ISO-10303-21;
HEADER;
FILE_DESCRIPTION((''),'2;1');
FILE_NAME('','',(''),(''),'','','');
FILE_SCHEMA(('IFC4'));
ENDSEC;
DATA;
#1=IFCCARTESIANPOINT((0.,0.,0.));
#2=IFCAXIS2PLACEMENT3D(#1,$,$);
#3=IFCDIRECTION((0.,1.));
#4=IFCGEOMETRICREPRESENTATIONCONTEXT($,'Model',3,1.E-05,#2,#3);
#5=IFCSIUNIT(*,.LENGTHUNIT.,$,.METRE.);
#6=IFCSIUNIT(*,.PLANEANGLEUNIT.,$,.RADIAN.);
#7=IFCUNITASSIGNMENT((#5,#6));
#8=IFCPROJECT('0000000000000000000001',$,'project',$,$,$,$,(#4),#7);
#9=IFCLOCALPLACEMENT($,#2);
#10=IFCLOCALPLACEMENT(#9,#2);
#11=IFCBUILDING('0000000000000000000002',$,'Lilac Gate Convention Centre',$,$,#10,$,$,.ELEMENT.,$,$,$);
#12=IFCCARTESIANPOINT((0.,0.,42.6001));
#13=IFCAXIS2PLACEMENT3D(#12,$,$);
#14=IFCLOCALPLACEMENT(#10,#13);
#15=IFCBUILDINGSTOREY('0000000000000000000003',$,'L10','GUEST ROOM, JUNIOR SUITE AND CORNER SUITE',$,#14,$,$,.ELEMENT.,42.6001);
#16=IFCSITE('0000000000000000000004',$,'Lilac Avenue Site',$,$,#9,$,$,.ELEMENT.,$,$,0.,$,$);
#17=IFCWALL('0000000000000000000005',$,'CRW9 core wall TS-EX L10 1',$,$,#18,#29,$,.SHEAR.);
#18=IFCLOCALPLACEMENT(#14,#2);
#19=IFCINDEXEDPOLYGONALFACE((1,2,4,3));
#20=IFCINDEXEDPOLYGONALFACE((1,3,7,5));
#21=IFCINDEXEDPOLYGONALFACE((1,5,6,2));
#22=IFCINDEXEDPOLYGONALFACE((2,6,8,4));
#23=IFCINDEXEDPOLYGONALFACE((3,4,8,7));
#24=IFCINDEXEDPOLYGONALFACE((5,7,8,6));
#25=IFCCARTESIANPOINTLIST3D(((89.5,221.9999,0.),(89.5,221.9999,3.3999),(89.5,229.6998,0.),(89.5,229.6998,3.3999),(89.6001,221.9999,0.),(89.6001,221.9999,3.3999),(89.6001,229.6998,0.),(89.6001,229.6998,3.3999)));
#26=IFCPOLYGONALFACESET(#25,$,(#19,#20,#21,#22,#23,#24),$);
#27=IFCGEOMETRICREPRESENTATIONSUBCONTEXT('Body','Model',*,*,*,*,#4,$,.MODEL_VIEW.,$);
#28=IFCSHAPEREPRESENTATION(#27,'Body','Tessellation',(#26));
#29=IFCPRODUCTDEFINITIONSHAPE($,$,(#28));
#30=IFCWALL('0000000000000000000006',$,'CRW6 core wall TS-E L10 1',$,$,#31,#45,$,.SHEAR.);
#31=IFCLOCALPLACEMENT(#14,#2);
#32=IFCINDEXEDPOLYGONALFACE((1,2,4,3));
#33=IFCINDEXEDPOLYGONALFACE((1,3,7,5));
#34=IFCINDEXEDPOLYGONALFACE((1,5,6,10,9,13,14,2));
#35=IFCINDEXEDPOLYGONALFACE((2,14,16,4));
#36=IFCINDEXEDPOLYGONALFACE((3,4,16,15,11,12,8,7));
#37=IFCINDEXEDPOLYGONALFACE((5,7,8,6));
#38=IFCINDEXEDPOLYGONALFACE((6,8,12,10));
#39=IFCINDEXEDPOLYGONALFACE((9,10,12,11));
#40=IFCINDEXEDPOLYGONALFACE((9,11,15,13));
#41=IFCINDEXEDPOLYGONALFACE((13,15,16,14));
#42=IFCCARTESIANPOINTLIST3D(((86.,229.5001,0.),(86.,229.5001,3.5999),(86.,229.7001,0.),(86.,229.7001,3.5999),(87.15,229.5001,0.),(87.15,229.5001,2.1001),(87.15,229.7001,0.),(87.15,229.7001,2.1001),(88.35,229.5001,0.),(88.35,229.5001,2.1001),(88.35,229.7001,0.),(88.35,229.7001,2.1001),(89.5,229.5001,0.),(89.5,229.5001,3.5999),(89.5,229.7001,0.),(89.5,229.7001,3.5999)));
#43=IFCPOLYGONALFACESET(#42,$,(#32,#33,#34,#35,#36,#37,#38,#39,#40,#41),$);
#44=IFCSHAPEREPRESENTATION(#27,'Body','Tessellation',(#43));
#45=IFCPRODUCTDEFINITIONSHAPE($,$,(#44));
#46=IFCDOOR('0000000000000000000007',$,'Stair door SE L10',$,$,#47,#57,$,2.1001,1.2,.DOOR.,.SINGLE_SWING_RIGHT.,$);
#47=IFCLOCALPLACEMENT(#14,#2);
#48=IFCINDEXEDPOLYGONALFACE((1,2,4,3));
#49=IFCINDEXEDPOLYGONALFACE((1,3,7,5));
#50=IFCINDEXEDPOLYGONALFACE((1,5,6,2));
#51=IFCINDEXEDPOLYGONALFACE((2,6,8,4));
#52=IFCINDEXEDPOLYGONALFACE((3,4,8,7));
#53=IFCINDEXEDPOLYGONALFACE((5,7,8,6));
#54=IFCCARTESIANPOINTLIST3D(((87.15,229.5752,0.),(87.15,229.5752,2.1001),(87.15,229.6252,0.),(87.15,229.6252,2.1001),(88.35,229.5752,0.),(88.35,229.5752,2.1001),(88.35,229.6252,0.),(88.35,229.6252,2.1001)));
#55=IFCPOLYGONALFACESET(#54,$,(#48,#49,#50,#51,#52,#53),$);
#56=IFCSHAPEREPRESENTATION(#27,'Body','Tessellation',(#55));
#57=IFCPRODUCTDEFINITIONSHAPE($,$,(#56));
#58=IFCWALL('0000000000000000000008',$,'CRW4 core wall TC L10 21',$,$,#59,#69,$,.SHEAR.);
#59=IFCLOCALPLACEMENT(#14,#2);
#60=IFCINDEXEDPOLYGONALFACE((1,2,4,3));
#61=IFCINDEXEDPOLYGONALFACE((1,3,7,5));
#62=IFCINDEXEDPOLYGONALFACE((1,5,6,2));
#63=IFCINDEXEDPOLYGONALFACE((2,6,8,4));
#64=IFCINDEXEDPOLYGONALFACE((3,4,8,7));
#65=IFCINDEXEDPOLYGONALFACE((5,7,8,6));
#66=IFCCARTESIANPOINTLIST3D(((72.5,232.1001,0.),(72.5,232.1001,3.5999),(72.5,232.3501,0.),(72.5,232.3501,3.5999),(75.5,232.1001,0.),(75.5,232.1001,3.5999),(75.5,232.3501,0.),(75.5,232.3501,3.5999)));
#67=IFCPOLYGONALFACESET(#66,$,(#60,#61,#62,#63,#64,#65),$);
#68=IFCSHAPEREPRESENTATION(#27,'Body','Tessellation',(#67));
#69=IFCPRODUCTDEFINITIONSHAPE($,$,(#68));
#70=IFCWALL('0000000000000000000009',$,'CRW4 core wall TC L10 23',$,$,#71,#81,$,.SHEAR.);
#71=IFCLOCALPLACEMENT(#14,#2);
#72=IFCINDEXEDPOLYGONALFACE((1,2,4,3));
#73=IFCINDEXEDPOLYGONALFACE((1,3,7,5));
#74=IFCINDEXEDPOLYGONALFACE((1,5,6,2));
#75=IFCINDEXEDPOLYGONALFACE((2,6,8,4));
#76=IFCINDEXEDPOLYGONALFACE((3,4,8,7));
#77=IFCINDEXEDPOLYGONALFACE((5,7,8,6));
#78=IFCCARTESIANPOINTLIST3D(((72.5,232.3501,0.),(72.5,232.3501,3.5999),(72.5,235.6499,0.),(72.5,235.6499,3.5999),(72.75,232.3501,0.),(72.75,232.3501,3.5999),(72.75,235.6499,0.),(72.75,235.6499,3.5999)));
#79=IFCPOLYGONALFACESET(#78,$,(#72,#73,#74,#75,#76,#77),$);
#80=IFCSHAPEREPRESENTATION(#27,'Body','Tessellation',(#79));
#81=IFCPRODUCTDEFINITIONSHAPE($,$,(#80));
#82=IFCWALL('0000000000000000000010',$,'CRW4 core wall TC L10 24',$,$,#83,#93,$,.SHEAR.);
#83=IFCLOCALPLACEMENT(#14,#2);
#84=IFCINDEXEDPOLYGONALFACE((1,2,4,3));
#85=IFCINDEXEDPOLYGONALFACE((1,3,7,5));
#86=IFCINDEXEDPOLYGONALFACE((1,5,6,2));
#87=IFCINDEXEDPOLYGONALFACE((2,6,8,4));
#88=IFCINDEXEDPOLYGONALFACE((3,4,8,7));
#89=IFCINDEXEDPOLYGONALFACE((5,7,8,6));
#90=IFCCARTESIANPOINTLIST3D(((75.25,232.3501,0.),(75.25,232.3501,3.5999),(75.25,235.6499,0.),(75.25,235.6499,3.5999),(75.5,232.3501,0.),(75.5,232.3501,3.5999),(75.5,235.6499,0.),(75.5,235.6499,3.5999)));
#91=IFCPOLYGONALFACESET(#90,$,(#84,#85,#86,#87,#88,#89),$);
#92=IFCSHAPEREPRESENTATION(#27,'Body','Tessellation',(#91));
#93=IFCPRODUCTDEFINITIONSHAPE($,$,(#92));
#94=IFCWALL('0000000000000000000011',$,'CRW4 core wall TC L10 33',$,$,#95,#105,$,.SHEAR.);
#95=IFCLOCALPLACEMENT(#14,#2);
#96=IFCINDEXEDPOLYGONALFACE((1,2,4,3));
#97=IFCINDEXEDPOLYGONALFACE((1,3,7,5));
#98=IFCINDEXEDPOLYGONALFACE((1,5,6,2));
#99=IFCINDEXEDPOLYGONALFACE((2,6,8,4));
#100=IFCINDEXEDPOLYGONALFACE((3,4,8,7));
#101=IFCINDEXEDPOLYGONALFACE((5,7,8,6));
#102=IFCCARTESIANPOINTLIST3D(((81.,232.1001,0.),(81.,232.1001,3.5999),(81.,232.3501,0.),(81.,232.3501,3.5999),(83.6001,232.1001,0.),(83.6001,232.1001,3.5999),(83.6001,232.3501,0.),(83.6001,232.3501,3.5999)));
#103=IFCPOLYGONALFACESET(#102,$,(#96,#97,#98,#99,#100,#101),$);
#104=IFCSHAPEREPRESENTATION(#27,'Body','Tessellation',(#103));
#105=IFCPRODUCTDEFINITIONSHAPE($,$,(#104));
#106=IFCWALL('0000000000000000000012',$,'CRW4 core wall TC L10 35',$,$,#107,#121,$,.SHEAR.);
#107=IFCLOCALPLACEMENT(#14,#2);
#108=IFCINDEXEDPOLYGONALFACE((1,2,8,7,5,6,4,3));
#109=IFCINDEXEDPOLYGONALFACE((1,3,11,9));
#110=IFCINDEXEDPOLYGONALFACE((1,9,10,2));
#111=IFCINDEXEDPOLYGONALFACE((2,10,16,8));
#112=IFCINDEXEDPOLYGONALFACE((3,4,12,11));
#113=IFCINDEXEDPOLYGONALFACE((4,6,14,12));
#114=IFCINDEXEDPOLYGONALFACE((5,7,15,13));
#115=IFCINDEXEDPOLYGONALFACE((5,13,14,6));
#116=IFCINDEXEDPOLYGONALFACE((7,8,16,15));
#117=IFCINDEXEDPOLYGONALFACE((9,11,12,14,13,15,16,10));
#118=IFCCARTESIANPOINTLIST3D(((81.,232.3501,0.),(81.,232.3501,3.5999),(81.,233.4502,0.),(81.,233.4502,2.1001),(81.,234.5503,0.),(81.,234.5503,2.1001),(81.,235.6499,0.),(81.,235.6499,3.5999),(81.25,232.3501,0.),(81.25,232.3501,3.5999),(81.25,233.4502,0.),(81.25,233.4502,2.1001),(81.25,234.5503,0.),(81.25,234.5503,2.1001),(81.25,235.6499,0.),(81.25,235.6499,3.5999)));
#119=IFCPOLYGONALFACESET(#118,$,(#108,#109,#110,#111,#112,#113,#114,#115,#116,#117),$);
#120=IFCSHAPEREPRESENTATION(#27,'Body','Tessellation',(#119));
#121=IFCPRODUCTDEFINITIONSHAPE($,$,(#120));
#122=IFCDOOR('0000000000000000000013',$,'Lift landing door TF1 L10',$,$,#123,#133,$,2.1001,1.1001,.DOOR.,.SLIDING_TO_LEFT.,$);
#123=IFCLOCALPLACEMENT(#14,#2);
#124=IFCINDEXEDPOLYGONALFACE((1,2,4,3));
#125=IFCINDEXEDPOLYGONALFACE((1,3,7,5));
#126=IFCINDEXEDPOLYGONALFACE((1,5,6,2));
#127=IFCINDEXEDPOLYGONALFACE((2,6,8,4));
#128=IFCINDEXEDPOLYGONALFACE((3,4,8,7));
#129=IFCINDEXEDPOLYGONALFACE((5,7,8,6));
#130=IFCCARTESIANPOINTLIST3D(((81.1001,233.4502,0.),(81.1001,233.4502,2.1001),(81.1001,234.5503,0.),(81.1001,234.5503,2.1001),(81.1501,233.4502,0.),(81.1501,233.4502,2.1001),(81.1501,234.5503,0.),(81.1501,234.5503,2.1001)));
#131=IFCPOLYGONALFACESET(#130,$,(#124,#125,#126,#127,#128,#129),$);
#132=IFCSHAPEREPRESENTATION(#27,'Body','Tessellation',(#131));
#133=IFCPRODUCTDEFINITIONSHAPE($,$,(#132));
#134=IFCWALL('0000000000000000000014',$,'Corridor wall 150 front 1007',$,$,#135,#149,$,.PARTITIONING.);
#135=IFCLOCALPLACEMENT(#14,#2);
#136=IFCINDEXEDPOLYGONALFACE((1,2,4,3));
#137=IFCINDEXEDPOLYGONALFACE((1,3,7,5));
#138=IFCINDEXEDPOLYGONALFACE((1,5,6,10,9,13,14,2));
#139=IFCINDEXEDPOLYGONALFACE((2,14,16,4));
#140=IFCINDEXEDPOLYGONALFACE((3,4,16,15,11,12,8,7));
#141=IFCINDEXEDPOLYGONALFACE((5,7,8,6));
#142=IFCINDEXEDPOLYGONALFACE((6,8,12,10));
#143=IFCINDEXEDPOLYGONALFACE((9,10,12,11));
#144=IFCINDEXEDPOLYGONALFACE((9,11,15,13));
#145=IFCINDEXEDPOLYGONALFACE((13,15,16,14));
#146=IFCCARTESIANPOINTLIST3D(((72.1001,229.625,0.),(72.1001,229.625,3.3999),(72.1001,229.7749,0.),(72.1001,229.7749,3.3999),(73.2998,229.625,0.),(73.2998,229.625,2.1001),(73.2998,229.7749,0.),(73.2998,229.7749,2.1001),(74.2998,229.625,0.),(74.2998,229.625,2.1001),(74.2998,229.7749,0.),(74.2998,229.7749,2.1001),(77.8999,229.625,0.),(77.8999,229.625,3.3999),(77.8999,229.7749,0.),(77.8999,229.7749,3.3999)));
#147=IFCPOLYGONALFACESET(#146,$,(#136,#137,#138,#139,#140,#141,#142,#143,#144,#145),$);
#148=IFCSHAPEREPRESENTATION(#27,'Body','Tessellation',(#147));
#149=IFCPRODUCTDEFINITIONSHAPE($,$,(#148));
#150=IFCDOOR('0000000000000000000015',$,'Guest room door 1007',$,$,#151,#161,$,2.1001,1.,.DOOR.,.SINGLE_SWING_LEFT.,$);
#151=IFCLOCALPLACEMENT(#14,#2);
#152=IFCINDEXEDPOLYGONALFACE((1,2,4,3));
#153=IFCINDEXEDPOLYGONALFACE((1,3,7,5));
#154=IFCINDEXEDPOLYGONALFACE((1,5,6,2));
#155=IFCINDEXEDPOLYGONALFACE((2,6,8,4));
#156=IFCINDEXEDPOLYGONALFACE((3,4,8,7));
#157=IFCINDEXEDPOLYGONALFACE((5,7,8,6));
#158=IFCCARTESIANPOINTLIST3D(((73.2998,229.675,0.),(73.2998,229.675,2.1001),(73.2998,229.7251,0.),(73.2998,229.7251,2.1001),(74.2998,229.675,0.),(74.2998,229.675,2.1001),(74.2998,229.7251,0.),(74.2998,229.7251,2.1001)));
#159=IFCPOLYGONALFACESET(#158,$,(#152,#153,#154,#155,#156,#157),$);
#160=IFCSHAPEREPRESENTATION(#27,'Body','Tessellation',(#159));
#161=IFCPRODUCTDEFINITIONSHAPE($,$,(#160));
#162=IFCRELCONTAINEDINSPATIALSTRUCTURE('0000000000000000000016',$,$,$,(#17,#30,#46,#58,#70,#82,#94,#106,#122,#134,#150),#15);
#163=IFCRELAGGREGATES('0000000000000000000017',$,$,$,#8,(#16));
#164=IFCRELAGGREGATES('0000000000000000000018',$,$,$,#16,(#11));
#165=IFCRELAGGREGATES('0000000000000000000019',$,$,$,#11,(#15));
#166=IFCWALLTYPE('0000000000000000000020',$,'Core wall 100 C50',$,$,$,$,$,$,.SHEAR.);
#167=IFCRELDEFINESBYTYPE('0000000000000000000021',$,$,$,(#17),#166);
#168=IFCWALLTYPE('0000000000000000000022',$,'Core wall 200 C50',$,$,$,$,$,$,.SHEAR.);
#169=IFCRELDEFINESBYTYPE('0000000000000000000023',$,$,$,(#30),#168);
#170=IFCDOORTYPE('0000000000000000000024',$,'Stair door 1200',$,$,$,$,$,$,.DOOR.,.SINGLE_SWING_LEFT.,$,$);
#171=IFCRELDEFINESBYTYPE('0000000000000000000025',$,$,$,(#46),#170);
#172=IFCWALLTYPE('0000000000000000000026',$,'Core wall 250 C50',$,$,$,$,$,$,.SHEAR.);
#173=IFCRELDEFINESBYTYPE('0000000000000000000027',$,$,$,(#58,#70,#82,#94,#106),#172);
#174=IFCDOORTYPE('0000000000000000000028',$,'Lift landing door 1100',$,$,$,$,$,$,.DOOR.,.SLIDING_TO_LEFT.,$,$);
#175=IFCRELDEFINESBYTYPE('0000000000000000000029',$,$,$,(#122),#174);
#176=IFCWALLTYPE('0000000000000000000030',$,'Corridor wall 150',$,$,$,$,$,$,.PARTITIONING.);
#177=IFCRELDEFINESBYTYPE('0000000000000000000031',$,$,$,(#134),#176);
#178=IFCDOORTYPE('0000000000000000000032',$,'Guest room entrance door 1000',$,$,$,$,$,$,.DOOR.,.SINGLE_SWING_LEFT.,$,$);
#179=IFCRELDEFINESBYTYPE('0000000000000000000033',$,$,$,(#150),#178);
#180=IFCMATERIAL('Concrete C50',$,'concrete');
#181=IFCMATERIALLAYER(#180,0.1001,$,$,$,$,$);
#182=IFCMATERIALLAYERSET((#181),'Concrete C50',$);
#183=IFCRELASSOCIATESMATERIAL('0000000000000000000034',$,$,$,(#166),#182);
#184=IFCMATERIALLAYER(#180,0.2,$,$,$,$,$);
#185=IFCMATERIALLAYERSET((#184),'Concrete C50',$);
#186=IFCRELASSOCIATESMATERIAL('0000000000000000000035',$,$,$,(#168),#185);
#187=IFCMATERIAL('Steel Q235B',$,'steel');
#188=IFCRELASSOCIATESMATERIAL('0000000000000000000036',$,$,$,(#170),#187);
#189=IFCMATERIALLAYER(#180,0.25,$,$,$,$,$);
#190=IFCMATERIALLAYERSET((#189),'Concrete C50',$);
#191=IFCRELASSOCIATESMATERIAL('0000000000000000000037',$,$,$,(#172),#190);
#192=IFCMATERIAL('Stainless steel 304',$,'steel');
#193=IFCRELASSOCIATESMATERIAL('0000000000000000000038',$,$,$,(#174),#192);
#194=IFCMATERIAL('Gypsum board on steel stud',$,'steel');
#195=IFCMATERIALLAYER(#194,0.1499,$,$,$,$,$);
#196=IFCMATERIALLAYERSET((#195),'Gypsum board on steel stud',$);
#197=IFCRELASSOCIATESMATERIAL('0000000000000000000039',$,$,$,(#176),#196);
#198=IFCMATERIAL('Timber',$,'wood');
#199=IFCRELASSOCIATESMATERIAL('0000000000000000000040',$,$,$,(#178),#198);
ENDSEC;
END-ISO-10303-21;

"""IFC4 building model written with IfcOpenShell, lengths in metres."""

from ifc_helpers import new_model, si_unit, direction, frame, frame_2d, origin, place, context, subcontext, project, spatial, rectangle, extrude, material, layer, layer_set, type_object, element, fill, save


model = new_model("IFC4")

# Units and contexts
model_context = context("Model", 3, precision=1e-05, world=origin(), true_north=direction((0.0, 1.0)))
body_context = subcontext(model_context, "Body", "Model", "MODEL_VIEW")
ifc_project = project(units=[si_unit("LENGTHUNIT", "METRE"), si_unit("PLANEANGLEUNIT", "RADIAN")], contexts=[model_context])

# Site, building, storey
site_placement = place(None, origin())
site = spatial("IfcSite", under=ifc_project, at=site_placement, Name="Lilac Avenue Site", CompositionType="ELEMENT", RefElevation=0.0)
building_placement = place(site_placement, origin())
building = spatial("IfcBuilding", under=site, at=building_placement, Name="Lilac Gate Convention Centre", CompositionType="ELEMENT")
storey_placement = place(building_placement, frame((0.0, 0.0, 42.6001)))
storey = spatial("IfcBuildingStorey", under=building, at=storey_placement, Name="L10", Description="GUEST ROOM, JUNIOR SUITE AND CORNER SUITE", CompositionType="ELEMENT", Elevation=42.6001)

# Wall
ifc_material_1 = material(Name="Concrete C50", Category="concrete")
ifc_layer_1 = layer(ifc_material_1, 0.1001)
ifc_layer_set_1 = layer_set([ifc_layer_1], Name="Concrete C50")
wall_type_1 = type_object("IfcWallType", Name="Core wall 100 C50", PredefinedType="SHEAR", material=ifc_layer_set_1)
wall_1_placement = place(storey_placement, frame((89.55, 229.7, 0.0), z_axis=(0.0, 0.0, 1.0), x_axis=(0.0, -1.0, 0.0)))
element("IfcWall", 1, at=wall_1_placement, inside=storey, type_object=wall_type_1, Name="CRW9 core wall TS-EX L10 1", PredefinedType="SHEAR", context=body_context, shape_type="SweptSolid", body=[
    extrude(rectangle(XDim=7.7, YDim=0.1001, at=frame_2d((3.8501, 0.0))), origin(), (0.0, 0.0, 1.0), 3.3999),
])

# Wall, opening, door
ifc_layer_2 = layer(ifc_material_1, 0.2)
ifc_layer_set_2 = layer_set([ifc_layer_2], Name="Concrete C50")
wall_type_2 = type_object("IfcWallType", Name="Core wall 200 C50", PredefinedType="SHEAR", material=ifc_layer_set_2)
wall_2_placement = place(storey_placement, frame((89.5, 229.6001, 0.0), z_axis=(0.0, 0.0, 1.0), x_axis=(-1.0, 0.0, 0.0)))
wall_2 = element("IfcWall", 2, at=wall_2_placement, inside=storey, type_object=wall_type_2, Name="CRW6 core wall TS-E L10 1", PredefinedType="SHEAR", context=body_context, shape_type="SweptSolid", body=[
    extrude(rectangle(XDim=3.5, YDim=0.2, at=frame_2d((1.75, 0.0))), origin(), (0.0, 0.0, 1.0), 3.5999),
])
opening_1_placement = place(wall_2_placement, frame((1.1499, 0.0, 0.0)))
opening_1 = element("IfcOpeningElement", 3, at=opening_1_placement, cuts=wall_2, PredefinedType="OPENING", context=body_context, shape_type="SweptSolid", body=[
    extrude(rectangle(XDim=1.2, YDim=2.1001, at=frame_2d((0.6001, 1.05))), frame((0.0, 0.1099, 0.0), z_axis=(0.0, -1.0, 0.0), x_axis=(1.0, 0.0, 0.0)), (0.0, 0.0, 1.0), 0.22),
])
ifc_material_2 = material(Name="Steel Q235B", Category="steel")
door_type_1 = type_object("IfcDoorType", Name="Stair door 1200", OperationType="SINGLE_SWING_LEFT", PredefinedType="DOOR", material=ifc_material_2)
door_1_placement = place(opening_1_placement, origin())
door_1 = element("IfcDoor", 4, at=door_1_placement, inside=storey, type_object=door_type_1, Name="Stair door SE L10", OperationType="SINGLE_SWING_RIGHT", OverallHeight=2.1001, OverallWidth=1.2, PredefinedType="DOOR", context=body_context, shape_type="SweptSolid", body=[
    extrude(rectangle(XDim=1.2, YDim=2.1001, at=frame_2d((0.6001, 1.05))), frame((0.0, 0.0249, 0.0), z_axis=(0.0, -1.0, 0.0), x_axis=(1.0, 0.0, 0.0)), (0.0, 0.0, 1.0), 0.05),
])
fill(opening_1, door_1)

# Walls
ifc_layer_3 = layer(ifc_material_1, 0.25)
ifc_layer_set_3 = layer_set([ifc_layer_3], Name="Concrete C50")
wall_type_3 = type_object("IfcWallType", Name="Core wall 250 C50", PredefinedType="SHEAR", material=ifc_layer_set_3)
wall_3_placement = place(storey_placement, frame((72.5, 232.2251, 0.0), z_axis=(0.0, 0.0, 1.0), x_axis=(1.0, 0.0, 0.0)))
element("IfcWall", 5, at=wall_3_placement, inside=storey, type_object=wall_type_3, Name="CRW4 core wall TC L10 21", PredefinedType="SHEAR", context=body_context, shape_type="SweptSolid", body=[
    extrude(rectangle(XDim=3.0, YDim=0.25, at=frame_2d((1.5, 0.0))), origin(), (0.0, 0.0, 1.0), 3.5999),
])
for number, where, z_axis, x_axis, name in (
    (6, (72.625, 232.3501, 0.0), (0.0, 0.0, 1.0), (0.0, 1.0, 0.0), "CRW4 core wall TC L10 23"),
    (7, (75.375, 232.3501, 0.0), (0.0, 0.0, 1.0), (0.0, 1.0, 0.0), "CRW4 core wall TC L10 24"),
):
    element("IfcWall", number, at=place(storey_placement, frame(where, z_axis=z_axis, x_axis=x_axis)), inside=storey, type_object=wall_type_3, Name=name, PredefinedType="SHEAR", context=body_context, shape_type="SweptSolid", body=[
        extrude(rectangle(XDim=3.2998, YDim=0.25, at=frame_2d((1.6499, 0.0))), origin(), (0.0, 0.0, 1.0), 3.5999),
    ])
wall_4_placement = place(storey_placement, frame((81.0, 232.2251, 0.0), z_axis=(0.0, 0.0, 1.0), x_axis=(1.0, 0.0, 0.0)))
element("IfcWall", 8, at=wall_4_placement, inside=storey, type_object=wall_type_3, Name="CRW4 core wall TC L10 33", PredefinedType="SHEAR", context=body_context, shape_type="SweptSolid", body=[
    extrude(rectangle(XDim=2.6001, YDim=0.25, at=frame_2d((1.3, 0.0))), origin(), (0.0, 0.0, 1.0), 3.5999),
])

# Walls, openings, doors
wall_5_placement = place(storey_placement, frame((81.125, 232.3501, 0.0), z_axis=(0.0, 0.0, 1.0), x_axis=(0.0, 1.0, 0.0)))
wall_5 = element("IfcWall", 9, at=wall_5_placement, inside=storey, type_object=wall_type_3, Name="CRW4 core wall TC L10 35", PredefinedType="SHEAR", context=body_context, shape_type="SweptSolid", body=[
    extrude(rectangle(XDim=3.2998, YDim=0.25, at=frame_2d((1.6499, 0.0))), origin(), (0.0, 0.0, 1.0), 3.5999),
])
opening_2_placement = place(wall_5_placement, frame((1.1001, 0.0, 0.0)))
opening_2 = element("IfcOpeningElement", 10, at=opening_2_placement, cuts=wall_5, PredefinedType="OPENING", context=body_context, shape_type="SweptSolid", body=[
    extrude(rectangle(XDim=1.1001, YDim=2.1001, at=frame_2d((0.55, 1.05))), frame((0.0, 0.135, 0.0), z_axis=(0.0, -1.0, 0.0), x_axis=(1.0, 0.0, 0.0)), (0.0, 0.0, 1.0), 0.27),
])
ifc_material_3 = material(Name="Stainless steel 304", Category="steel")
door_type_2 = type_object("IfcDoorType", Name="Lift landing door 1100", OperationType="SLIDING_TO_LEFT", PredefinedType="DOOR", material=ifc_material_3)
door_2_placement = place(opening_2_placement, origin())
door_2 = element("IfcDoor", 11, at=door_2_placement, inside=storey, type_object=door_type_2, Name="Lift landing door TF1 L10", OperationType="SLIDING_TO_LEFT", OverallHeight=2.1001, OverallWidth=1.1001, PredefinedType="DOOR", context=body_context, shape_type="SweptSolid", body=[
    extrude(rectangle(XDim=1.1001, YDim=2.1001, at=frame_2d((0.55, 1.05))), frame((0.0, 0.0249, 0.0), z_axis=(0.0, -1.0, 0.0), x_axis=(1.0, 0.0, 0.0)), (0.0, 0.0, 1.0), 0.05),
])
fill(opening_2, door_2)
ifc_material_4 = material(Name="Gypsum board on steel stud", Category="steel")
ifc_layer_4 = layer(ifc_material_4, 0.1499)
ifc_layer_set_4 = layer_set([ifc_layer_4], Name="Gypsum board on steel stud")
wall_type_4 = type_object("IfcWallType", Name="Corridor wall 150", PredefinedType="PARTITIONING", material=ifc_layer_set_4)
wall_6_placement = place(storey_placement, frame((77.8999, 229.7, 0.0), z_axis=(0.0, 0.0, 1.0), x_axis=(-1.0, 0.0, 0.0)))
wall_6 = element("IfcWall", 12, at=wall_6_placement, inside=storey, type_object=wall_type_4, Name="Corridor wall 150 front 1007", PredefinedType="PARTITIONING", context=body_context, shape_type="SweptSolid", body=[
    extrude(rectangle(XDim=5.7998, YDim=0.1499, at=frame_2d((2.8999, 0.0))), origin(), (0.0, 0.0, 1.0), 3.3999),
])
opening_3_placement = place(wall_6_placement, frame((3.6001, 0.0, 0.0)))
opening_3 = element("IfcOpeningElement", 13, at=opening_3_placement, cuts=wall_6, PredefinedType="OPENING", context=body_context, shape_type="SweptSolid", body=[
    extrude(rectangle(XDim=1.0, YDim=2.1001, at=frame_2d((0.5, 1.05))), frame((0.0, 0.085, 0.0), z_axis=(0.0, -1.0, 0.0), x_axis=(1.0, 0.0, 0.0)), (0.0, 0.0, 1.0), 0.1699),
])
ifc_material_5 = material(Name="Timber", Category="wood")
door_type_3 = type_object("IfcDoorType", Name="Guest room entrance door 1000", OperationType="SINGLE_SWING_LEFT", PredefinedType="DOOR", material=ifc_material_5)
door_3_placement = place(opening_3_placement, origin())
door_3 = element("IfcDoor", 14, at=door_3_placement, inside=storey, type_object=door_type_3, Name="Guest room door 1007", OperationType="SINGLE_SWING_LEFT", OverallHeight=2.1001, OverallWidth=1.0, PredefinedType="DOOR", context=body_context, shape_type="SweptSolid", body=[
    extrude(rectangle(XDim=1.0, YDim=2.1001, at=frame_2d((0.5, 1.05))), frame((0.0, 0.0249, 0.0), z_axis=(0.0, -1.0, 0.0), x_axis=(1.0, 0.0, 0.0)), (0.0, 0.0, 1.0), 0.05),
])
fill(opening_3, door_3)

save(model, "model.ifc")
